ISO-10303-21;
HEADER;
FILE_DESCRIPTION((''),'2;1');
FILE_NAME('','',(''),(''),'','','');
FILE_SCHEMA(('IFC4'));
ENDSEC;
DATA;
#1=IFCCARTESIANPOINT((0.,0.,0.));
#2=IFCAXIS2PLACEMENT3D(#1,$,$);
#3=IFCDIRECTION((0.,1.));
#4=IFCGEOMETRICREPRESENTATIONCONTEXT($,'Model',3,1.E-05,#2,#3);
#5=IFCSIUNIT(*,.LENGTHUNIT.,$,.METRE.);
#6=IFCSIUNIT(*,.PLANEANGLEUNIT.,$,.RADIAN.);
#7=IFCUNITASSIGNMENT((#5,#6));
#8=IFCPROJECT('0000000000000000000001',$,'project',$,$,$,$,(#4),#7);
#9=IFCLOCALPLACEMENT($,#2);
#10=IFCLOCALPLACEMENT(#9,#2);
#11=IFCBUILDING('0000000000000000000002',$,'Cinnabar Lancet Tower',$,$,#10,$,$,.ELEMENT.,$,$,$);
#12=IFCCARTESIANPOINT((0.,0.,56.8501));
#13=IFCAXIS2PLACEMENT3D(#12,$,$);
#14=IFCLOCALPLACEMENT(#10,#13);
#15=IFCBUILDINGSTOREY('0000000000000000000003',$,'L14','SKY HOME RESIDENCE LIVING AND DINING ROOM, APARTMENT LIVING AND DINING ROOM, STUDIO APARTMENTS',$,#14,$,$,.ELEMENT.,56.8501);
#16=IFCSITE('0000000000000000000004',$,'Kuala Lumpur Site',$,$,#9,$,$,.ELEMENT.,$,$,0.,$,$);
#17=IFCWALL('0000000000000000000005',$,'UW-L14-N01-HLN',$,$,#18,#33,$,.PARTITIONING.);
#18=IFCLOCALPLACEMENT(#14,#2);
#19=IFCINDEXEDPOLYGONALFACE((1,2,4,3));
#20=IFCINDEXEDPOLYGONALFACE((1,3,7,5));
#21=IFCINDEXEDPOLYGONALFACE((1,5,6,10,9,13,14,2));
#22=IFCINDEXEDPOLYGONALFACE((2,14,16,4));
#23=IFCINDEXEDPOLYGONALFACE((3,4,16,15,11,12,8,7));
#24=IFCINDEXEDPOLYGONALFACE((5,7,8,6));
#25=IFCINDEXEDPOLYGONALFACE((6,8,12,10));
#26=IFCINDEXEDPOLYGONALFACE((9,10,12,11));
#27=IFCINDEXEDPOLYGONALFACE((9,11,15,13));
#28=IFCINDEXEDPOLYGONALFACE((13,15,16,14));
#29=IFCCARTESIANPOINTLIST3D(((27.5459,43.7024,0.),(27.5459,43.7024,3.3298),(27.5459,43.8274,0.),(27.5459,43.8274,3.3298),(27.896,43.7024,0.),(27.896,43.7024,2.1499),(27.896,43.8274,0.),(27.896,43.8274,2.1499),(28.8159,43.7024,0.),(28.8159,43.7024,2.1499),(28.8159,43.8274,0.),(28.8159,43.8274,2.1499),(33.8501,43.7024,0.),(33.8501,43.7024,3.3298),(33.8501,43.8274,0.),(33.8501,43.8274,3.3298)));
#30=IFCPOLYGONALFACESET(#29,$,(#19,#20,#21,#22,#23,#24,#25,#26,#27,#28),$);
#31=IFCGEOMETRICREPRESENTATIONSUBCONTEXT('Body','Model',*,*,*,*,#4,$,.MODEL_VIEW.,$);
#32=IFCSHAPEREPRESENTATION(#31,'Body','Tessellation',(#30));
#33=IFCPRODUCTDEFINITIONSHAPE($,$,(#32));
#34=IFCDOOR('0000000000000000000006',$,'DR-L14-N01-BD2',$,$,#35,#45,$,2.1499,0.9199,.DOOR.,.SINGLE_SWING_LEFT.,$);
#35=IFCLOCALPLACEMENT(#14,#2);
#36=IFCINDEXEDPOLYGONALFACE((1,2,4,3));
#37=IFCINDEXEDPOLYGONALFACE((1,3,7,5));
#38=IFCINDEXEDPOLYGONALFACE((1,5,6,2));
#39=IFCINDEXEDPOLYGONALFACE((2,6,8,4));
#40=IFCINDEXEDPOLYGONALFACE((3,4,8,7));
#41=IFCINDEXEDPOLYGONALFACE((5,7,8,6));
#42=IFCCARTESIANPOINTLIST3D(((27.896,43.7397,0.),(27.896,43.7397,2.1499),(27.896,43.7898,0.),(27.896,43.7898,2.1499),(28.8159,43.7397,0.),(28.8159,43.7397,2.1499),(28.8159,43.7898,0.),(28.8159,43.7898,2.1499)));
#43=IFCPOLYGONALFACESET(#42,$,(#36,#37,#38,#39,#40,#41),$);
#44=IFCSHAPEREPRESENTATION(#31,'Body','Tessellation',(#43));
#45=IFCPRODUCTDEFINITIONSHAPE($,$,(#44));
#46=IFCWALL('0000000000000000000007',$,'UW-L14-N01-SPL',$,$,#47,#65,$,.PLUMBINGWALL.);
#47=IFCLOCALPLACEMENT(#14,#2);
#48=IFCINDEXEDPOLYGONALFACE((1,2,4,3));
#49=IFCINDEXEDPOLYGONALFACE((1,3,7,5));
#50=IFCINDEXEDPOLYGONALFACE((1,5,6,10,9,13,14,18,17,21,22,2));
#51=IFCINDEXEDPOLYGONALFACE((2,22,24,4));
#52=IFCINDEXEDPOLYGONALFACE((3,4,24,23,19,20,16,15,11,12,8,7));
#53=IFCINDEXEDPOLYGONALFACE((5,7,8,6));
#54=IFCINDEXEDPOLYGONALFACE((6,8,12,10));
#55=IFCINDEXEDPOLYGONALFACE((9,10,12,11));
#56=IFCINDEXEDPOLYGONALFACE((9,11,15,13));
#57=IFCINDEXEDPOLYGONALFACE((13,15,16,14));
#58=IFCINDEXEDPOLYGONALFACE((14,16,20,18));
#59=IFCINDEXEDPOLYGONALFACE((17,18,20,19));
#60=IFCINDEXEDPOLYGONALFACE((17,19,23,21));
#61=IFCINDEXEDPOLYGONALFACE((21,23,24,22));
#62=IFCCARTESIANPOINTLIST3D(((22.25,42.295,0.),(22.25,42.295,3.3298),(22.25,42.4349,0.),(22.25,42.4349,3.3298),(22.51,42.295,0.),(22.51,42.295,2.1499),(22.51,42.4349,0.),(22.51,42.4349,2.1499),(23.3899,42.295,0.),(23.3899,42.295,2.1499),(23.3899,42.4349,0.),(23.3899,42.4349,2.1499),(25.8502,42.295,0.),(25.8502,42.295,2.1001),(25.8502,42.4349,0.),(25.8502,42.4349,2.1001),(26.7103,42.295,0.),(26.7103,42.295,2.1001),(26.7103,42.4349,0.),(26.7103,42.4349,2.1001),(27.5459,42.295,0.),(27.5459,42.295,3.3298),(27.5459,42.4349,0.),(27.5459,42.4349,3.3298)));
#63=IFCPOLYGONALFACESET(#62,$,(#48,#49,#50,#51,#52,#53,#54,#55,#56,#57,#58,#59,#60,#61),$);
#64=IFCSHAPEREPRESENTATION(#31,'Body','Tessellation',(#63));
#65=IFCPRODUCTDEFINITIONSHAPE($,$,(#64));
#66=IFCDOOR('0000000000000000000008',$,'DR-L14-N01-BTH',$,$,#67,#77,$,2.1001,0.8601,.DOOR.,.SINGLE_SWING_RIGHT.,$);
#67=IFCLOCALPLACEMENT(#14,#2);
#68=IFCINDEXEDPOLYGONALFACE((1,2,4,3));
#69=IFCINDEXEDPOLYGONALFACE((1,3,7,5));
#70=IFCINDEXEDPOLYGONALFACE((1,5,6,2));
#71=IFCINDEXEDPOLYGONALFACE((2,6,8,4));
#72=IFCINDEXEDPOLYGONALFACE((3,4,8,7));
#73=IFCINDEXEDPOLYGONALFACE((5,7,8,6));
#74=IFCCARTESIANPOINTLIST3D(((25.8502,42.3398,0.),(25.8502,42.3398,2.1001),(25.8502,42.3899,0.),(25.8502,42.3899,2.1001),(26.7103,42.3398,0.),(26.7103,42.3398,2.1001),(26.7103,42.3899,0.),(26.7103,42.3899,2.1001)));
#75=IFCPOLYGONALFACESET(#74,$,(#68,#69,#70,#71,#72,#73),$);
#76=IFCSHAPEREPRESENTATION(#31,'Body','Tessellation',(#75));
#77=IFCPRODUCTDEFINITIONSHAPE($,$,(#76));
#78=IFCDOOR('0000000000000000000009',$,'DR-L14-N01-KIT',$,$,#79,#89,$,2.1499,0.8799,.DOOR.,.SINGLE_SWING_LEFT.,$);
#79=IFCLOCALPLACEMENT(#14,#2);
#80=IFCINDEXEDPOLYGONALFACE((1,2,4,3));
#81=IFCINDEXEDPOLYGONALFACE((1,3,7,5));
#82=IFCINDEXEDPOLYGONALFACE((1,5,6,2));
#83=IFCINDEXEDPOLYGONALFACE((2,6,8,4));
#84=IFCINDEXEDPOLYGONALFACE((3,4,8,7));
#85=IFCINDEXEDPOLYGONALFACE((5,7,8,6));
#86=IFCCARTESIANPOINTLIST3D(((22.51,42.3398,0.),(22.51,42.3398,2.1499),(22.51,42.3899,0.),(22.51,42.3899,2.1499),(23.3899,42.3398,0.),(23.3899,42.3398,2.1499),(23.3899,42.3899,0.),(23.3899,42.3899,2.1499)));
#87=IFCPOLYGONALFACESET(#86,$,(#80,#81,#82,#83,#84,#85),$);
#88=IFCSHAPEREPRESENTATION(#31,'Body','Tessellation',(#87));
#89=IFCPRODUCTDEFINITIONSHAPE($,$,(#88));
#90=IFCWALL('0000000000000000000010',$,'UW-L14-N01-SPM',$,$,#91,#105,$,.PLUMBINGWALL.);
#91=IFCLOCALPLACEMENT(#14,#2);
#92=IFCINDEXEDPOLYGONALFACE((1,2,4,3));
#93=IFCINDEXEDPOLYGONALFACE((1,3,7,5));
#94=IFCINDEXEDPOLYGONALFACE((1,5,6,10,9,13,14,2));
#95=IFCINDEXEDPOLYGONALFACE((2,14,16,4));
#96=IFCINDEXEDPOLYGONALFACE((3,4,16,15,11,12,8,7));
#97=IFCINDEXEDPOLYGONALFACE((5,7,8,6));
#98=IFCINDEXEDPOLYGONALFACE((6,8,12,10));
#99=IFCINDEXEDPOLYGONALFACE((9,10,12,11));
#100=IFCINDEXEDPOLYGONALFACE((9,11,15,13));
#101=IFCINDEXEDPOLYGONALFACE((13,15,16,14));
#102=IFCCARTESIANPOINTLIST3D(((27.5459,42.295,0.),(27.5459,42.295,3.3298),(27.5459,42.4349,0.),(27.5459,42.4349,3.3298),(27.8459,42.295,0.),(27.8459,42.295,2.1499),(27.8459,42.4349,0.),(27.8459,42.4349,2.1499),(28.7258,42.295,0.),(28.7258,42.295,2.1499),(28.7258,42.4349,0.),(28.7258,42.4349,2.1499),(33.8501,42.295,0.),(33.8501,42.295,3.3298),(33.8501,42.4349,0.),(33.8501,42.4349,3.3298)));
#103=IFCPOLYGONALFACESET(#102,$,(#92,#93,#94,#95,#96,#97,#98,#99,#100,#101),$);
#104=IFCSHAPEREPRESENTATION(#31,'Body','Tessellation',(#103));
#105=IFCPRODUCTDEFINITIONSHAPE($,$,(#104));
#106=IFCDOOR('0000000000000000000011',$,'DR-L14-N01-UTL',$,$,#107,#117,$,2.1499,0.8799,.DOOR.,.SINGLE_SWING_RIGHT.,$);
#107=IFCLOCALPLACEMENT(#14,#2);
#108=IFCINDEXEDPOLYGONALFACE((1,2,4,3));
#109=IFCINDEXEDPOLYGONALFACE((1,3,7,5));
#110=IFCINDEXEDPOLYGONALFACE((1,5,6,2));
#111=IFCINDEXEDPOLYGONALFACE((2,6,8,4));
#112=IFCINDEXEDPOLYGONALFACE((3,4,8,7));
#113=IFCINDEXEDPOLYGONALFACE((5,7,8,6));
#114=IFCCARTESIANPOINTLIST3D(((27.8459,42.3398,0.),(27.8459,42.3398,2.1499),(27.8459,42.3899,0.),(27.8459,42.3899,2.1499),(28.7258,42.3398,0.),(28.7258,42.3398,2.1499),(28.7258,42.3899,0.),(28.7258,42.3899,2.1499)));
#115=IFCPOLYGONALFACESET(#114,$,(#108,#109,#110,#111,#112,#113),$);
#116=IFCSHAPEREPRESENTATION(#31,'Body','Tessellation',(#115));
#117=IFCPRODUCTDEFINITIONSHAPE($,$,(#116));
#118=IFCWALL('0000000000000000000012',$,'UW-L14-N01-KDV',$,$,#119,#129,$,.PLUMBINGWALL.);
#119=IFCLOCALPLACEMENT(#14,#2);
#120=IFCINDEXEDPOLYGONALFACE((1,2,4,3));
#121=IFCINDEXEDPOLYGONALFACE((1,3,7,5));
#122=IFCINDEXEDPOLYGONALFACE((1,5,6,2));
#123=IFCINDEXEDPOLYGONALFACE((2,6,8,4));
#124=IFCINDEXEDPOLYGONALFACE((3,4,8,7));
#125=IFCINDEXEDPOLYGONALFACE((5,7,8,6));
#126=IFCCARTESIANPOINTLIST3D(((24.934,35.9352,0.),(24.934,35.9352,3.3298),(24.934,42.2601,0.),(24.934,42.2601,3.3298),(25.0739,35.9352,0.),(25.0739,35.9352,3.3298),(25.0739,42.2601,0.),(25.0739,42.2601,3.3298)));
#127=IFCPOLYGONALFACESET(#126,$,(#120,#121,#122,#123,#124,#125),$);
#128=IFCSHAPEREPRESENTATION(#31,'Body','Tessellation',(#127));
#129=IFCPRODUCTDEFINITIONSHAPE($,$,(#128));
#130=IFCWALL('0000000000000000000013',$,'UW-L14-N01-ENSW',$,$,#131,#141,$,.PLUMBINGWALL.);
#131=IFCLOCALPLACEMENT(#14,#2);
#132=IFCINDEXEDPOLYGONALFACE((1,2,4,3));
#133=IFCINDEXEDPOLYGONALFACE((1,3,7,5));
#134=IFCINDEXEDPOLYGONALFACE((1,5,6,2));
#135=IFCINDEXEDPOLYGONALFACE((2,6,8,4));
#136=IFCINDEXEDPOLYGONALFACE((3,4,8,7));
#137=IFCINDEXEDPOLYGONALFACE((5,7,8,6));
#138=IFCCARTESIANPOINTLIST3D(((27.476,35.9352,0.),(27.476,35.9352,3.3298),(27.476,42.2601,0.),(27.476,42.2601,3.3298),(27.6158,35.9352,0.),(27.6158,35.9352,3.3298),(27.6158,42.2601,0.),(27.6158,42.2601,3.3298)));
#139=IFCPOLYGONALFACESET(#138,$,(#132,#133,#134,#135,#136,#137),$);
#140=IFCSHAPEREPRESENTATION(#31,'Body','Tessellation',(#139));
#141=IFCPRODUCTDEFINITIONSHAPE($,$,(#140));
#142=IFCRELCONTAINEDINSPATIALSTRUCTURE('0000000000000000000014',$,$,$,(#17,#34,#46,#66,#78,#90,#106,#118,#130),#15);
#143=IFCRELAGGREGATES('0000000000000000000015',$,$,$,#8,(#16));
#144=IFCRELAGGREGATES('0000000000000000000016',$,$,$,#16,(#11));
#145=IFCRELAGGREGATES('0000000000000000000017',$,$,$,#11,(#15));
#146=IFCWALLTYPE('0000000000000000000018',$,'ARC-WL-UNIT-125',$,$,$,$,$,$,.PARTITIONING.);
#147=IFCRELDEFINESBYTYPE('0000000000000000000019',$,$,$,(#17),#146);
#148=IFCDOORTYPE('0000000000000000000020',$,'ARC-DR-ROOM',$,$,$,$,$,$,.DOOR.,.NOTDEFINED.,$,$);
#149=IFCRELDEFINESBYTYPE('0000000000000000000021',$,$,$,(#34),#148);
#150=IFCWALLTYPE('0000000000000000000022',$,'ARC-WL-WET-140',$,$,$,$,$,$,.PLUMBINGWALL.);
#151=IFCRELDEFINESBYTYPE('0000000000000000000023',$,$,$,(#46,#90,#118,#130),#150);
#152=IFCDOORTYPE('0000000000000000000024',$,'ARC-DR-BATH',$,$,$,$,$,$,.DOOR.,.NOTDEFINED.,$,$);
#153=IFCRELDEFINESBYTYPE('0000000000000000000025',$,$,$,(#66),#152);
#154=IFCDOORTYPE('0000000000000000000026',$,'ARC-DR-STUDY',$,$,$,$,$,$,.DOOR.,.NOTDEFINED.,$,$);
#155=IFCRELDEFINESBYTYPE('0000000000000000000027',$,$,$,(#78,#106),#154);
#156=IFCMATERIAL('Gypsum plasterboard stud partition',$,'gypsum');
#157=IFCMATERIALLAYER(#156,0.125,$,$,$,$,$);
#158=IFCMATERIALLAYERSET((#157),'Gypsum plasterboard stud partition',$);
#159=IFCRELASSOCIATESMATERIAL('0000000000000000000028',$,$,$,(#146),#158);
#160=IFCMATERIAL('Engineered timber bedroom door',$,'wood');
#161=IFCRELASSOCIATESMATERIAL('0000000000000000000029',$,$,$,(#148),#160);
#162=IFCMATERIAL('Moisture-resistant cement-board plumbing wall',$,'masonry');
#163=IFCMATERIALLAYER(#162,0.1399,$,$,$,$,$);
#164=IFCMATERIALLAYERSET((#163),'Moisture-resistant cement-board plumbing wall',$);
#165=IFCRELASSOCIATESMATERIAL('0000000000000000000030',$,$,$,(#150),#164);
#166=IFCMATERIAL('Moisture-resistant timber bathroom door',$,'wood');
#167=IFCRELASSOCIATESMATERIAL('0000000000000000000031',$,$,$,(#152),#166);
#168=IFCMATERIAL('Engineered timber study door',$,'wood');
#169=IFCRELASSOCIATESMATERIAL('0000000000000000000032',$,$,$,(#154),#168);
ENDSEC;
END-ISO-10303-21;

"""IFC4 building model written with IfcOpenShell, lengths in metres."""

from ifc_helpers import new_model, si_unit, direction, frame, frame_2d, origin, place, context, subcontext, project, spatial, rectangle, extrude, material, layer, layer_set, type_object, element, fill, save


model = new_model("IFC4")

# Units and contexts
model_context = context("Model", 3, precision=1e-05, world=origin(), true_north=direction((0.0, 1.0)))
body_context = subcontext(model_context, "Body", "Model", "MODEL_VIEW")
ifc_project = project(units=[si_unit("LENGTHUNIT", "METRE"), si_unit("PLANEANGLEUNIT", "RADIAN")], contexts=[model_context])

# Site, building, storey
site_placement = place(None, origin())
site = spatial("IfcSite", under=ifc_project, at=site_placement, Name="Kuala Lumpur Site", CompositionType="ELEMENT", RefElevation=0.0)
building_placement = place(site_placement, origin())
building = spatial("IfcBuilding", under=site, at=building_placement, Name="Cinnabar Lancet Tower", CompositionType="ELEMENT")
storey_placement = place(building_placement, frame((0.0, 0.0, 56.8501)))
storey = spatial("IfcBuildingStorey", under=building, at=storey_placement, Name="L14", Description="SKY HOME RESIDENCE LIVING AND DINING ROOM, APARTMENT LIVING AND DINING ROOM, STUDIO APARTMENTS", CompositionType="ELEMENT", Elevation=56.8501)

# Shared definitions
ifc_material_1 = material(Name="Gypsum plasterboard stud partition", Category="gypsum")
ifc_layer_1 = layer(ifc_material_1, 0.125)
ifc_layer_set_1 = layer_set([ifc_layer_1], Name="Gypsum plasterboard stud partition")
wall_type_1 = type_object("IfcWallType", Name="ARC-WL-UNIT-125", PredefinedType="PARTITIONING", material=ifc_layer_set_1)

# Wall, opening, door
wall_1_placement = place(storey_placement, frame((27.5459, 43.7649, 0.0), z_axis=(0.0, 0.0, 1.0), x_axis=(1.0, 0.0, 0.0)))
wall_1 = element("IfcWall", 1, at=wall_1_placement, inside=storey, type_object=wall_type_1, Name="UW-L14-N01-HLN", PredefinedType="PARTITIONING", context=body_context, shape_type="SweptSolid", body=[
    extrude(rectangle(XDim=6.3042, YDim=0.125, at=frame_2d((3.1521, 0.0))), origin(), (0.0, 0.0, 1.0), 3.3298),
])
opening_1_placement = place(wall_1_placement, frame((0.3501, 0.0, 0.0)))
opening_1 = element("IfcOpeningElement", 2, at=opening_1_placement, cuts=wall_1, PredefinedType="OPENING", context=body_context, shape_type="SweptSolid", body=[
    extrude(rectangle(XDim=0.9199, YDim=2.1499, at=frame_2d((0.46, 1.075))), frame((0.0, 0.0725, 0.0), z_axis=(0.0, -1.0, 0.0), x_axis=(1.0, 0.0, 0.0)), (0.0, 0.0, 1.0), 0.145),
])
ifc_material_2 = material(Name="Engineered timber bedroom door", Category="wood")
door_type_1 = type_object("IfcDoorType", Name="ARC-DR-ROOM", OperationType="NOTDEFINED", PredefinedType="DOOR", material=ifc_material_2)
door_1_placement = place(opening_1_placement, origin())
door_1 = element("IfcDoor", 3, at=door_1_placement, inside=storey, type_object=door_type_1, Name="DR-L14-N01-BD2", OperationType="SINGLE_SWING_LEFT", OverallHeight=2.1499, OverallWidth=0.9199, PredefinedType="DOOR", context=body_context, shape_type="SweptSolid", body=[
    extrude(rectangle(XDim=0.9199, YDim=2.1499, at=frame_2d((0.46, 1.075))), frame((0.0, 0.0249, 0.0), z_axis=(0.0, -1.0, 0.0), x_axis=(1.0, 0.0, 0.0)), (0.0, 0.0, 1.0), 0.05),
])
fill(opening_1, door_1)

# Wall, openings, doors
ifc_material_3 = material(Name="Moisture-resistant cement-board plumbing wall", Category="masonry")
ifc_layer_2 = layer(ifc_material_3, 0.1399)
ifc_layer_set_2 = layer_set([ifc_layer_2], Name="Moisture-resistant cement-board plumbing wall")
wall_type_2 = type_object("IfcWallType", Name="ARC-WL-WET-140", PredefinedType="PLUMBINGWALL", material=ifc_layer_set_2)
wall_2_placement = place(storey_placement, frame((22.25, 42.365, 0.0), z_axis=(0.0, 0.0, 1.0), x_axis=(1.0, 0.0, 0.0)))
wall_2 = element("IfcWall", 4, at=wall_2_placement, inside=storey, type_object=wall_type_2, Name="UW-L14-N01-SPL", PredefinedType="PLUMBINGWALL", context=body_context, shape_type="SweptSolid", body=[
    extrude(rectangle(XDim=5.2959, YDim=0.1399, at=frame_2d((2.6479, 0.0))), origin(), (0.0, 0.0, 1.0), 3.3298),
])
opening_2_placement = place(wall_2_placement, frame((3.6001, 0.0, 0.0)))
opening_2 = element("IfcOpeningElement", 5, at=opening_2_placement, cuts=wall_2, PredefinedType="OPENING", context=body_context, shape_type="SweptSolid", body=[
    extrude(rectangle(XDim=0.8601, YDim=2.1001, at=frame_2d((0.4302, 1.05))), frame((0.0, 0.0798, 0.0), z_axis=(0.0, -1.0, 0.0), x_axis=(1.0, 0.0, 0.0)), (0.0, 0.0, 1.0), 0.1599),
])
opening_3_placement = place(wall_2_placement, frame((0.26, 0.0, 0.0)))
opening_3 = element("IfcOpeningElement", 6, at=opening_3_placement, cuts=wall_2, PredefinedType="OPENING", context=body_context, shape_type="SweptSolid", body=[
    extrude(rectangle(XDim=0.8799, YDim=2.1499, at=frame_2d((0.4399, 1.075))), frame((0.0, 0.0798, 0.0), z_axis=(0.0, -1.0, 0.0), x_axis=(1.0, 0.0, 0.0)), (0.0, 0.0, 1.0), 0.1599),
])
ifc_material_4 = material(Name="Moisture-resistant timber bathroom door", Category="wood")
door_type_2 = type_object("IfcDoorType", Name="ARC-DR-BATH", OperationType="NOTDEFINED", PredefinedType="DOOR", material=ifc_material_4)
door_2_placement = place(opening_2_placement, origin())
door_2 = element("IfcDoor", 7, at=door_2_placement, inside=storey, type_object=door_type_2, Name="DR-L14-N01-BTH", OperationType="SINGLE_SWING_RIGHT", OverallHeight=2.1001, OverallWidth=0.8601, PredefinedType="DOOR", context=body_context, shape_type="SweptSolid", body=[
    extrude(rectangle(XDim=0.8601, YDim=2.1001, at=frame_2d((0.4302, 1.05))), frame((0.0, 0.0249, 0.0), z_axis=(0.0, -1.0, 0.0), x_axis=(1.0, 0.0, 0.0)), (0.0, 0.0, 1.0), 0.05),
])
fill(opening_2, door_2)
ifc_material_5 = material(Name="Engineered timber study door", Category="wood")
door_type_3 = type_object("IfcDoorType", Name="ARC-DR-STUDY", OperationType="NOTDEFINED", PredefinedType="DOOR", material=ifc_material_5)
door_3_placement = place(opening_3_placement, origin())
door_3 = element("IfcDoor", 8, at=door_3_placement, inside=storey, type_object=door_type_3, Name="DR-L14-N01-KIT", OperationType="SINGLE_SWING_LEFT", OverallHeight=2.1499, OverallWidth=0.8799, PredefinedType="DOOR", context=body_context, shape_type="SweptSolid", body=[
    extrude(rectangle(XDim=0.8799, YDim=2.1499, at=frame_2d((0.4399, 1.075))), frame((0.0, 0.0249, 0.0), z_axis=(0.0, -1.0, 0.0), x_axis=(1.0, 0.0, 0.0)), (0.0, 0.0, 1.0), 0.05),
])
fill(opening_3, door_3)

# Wall, opening, door
wall_3_placement = place(storey_placement, frame((27.5459, 42.365, 0.0), z_axis=(0.0, 0.0, 1.0), x_axis=(1.0, 0.0, 0.0)))
wall_3 = element("IfcWall", 9, at=wall_3_placement, inside=storey, type_object=wall_type_2, Name="UW-L14-N01-SPM", PredefinedType="PLUMBINGWALL", context=body_context, shape_type="SweptSolid", body=[
    extrude(rectangle(XDim=6.3042, YDim=0.1399, at=frame_2d((3.1521, 0.0))), origin(), (0.0, 0.0, 1.0), 3.3298),
])
opening_4_placement = place(wall_3_placement, frame((0.3, 0.0, 0.0)))
opening_4 = element("IfcOpeningElement", 10, at=opening_4_placement, cuts=wall_3, PredefinedType="OPENING", context=body_context, shape_type="SweptSolid", body=[
    extrude(rectangle(XDim=0.8799, YDim=2.1499, at=frame_2d((0.4399, 1.075))), frame((0.0, 0.0798, 0.0), z_axis=(0.0, -1.0, 0.0), x_axis=(1.0, 0.0, 0.0)), (0.0, 0.0, 1.0), 0.1599),
])
door_4_placement = place(opening_4_placement, origin())
door_4 = element("IfcDoor", 11, at=door_4_placement, inside=storey, type_object=door_type_3, Name="DR-L14-N01-UTL", OperationType="SINGLE_SWING_RIGHT", OverallHeight=2.1499, OverallWidth=0.8799, PredefinedType="DOOR", context=body_context, shape_type="SweptSolid", body=[
    extrude(rectangle(XDim=0.8799, YDim=2.1499, at=frame_2d((0.4399, 1.075))), frame((0.0, 0.0249, 0.0), z_axis=(0.0, -1.0, 0.0), x_axis=(1.0, 0.0, 0.0)), (0.0, 0.0, 1.0), 0.05),
])
fill(opening_4, door_4)

# Walls
for number, where, z_axis, x_axis, name in (
    (12, (25.0039, 35.9351, 0.0), (0.0, 0.0, 1.0), (0.0, 1.0, 0.0), "UW-L14-N01-KDV"),
    (13, (27.5459, 35.9351, 0.0), (0.0, 0.0, 1.0), (0.0, 1.0, 0.0), "UW-L14-N01-ENSW"),
):
    element("IfcWall", number, at=place(storey_placement, frame(where, z_axis=z_axis, x_axis=x_axis)), inside=storey, type_object=wall_type_2, Name=name, PredefinedType="PLUMBINGWALL", context=body_context, shape_type="SweptSolid", body=[
        extrude(rectangle(XDim=6.325, YDim=0.1399, at=frame_2d((3.1626, 0.0))), origin(), (0.0, 0.0, 1.0), 3.3298),
    ])

save(model, "model.ifc")
